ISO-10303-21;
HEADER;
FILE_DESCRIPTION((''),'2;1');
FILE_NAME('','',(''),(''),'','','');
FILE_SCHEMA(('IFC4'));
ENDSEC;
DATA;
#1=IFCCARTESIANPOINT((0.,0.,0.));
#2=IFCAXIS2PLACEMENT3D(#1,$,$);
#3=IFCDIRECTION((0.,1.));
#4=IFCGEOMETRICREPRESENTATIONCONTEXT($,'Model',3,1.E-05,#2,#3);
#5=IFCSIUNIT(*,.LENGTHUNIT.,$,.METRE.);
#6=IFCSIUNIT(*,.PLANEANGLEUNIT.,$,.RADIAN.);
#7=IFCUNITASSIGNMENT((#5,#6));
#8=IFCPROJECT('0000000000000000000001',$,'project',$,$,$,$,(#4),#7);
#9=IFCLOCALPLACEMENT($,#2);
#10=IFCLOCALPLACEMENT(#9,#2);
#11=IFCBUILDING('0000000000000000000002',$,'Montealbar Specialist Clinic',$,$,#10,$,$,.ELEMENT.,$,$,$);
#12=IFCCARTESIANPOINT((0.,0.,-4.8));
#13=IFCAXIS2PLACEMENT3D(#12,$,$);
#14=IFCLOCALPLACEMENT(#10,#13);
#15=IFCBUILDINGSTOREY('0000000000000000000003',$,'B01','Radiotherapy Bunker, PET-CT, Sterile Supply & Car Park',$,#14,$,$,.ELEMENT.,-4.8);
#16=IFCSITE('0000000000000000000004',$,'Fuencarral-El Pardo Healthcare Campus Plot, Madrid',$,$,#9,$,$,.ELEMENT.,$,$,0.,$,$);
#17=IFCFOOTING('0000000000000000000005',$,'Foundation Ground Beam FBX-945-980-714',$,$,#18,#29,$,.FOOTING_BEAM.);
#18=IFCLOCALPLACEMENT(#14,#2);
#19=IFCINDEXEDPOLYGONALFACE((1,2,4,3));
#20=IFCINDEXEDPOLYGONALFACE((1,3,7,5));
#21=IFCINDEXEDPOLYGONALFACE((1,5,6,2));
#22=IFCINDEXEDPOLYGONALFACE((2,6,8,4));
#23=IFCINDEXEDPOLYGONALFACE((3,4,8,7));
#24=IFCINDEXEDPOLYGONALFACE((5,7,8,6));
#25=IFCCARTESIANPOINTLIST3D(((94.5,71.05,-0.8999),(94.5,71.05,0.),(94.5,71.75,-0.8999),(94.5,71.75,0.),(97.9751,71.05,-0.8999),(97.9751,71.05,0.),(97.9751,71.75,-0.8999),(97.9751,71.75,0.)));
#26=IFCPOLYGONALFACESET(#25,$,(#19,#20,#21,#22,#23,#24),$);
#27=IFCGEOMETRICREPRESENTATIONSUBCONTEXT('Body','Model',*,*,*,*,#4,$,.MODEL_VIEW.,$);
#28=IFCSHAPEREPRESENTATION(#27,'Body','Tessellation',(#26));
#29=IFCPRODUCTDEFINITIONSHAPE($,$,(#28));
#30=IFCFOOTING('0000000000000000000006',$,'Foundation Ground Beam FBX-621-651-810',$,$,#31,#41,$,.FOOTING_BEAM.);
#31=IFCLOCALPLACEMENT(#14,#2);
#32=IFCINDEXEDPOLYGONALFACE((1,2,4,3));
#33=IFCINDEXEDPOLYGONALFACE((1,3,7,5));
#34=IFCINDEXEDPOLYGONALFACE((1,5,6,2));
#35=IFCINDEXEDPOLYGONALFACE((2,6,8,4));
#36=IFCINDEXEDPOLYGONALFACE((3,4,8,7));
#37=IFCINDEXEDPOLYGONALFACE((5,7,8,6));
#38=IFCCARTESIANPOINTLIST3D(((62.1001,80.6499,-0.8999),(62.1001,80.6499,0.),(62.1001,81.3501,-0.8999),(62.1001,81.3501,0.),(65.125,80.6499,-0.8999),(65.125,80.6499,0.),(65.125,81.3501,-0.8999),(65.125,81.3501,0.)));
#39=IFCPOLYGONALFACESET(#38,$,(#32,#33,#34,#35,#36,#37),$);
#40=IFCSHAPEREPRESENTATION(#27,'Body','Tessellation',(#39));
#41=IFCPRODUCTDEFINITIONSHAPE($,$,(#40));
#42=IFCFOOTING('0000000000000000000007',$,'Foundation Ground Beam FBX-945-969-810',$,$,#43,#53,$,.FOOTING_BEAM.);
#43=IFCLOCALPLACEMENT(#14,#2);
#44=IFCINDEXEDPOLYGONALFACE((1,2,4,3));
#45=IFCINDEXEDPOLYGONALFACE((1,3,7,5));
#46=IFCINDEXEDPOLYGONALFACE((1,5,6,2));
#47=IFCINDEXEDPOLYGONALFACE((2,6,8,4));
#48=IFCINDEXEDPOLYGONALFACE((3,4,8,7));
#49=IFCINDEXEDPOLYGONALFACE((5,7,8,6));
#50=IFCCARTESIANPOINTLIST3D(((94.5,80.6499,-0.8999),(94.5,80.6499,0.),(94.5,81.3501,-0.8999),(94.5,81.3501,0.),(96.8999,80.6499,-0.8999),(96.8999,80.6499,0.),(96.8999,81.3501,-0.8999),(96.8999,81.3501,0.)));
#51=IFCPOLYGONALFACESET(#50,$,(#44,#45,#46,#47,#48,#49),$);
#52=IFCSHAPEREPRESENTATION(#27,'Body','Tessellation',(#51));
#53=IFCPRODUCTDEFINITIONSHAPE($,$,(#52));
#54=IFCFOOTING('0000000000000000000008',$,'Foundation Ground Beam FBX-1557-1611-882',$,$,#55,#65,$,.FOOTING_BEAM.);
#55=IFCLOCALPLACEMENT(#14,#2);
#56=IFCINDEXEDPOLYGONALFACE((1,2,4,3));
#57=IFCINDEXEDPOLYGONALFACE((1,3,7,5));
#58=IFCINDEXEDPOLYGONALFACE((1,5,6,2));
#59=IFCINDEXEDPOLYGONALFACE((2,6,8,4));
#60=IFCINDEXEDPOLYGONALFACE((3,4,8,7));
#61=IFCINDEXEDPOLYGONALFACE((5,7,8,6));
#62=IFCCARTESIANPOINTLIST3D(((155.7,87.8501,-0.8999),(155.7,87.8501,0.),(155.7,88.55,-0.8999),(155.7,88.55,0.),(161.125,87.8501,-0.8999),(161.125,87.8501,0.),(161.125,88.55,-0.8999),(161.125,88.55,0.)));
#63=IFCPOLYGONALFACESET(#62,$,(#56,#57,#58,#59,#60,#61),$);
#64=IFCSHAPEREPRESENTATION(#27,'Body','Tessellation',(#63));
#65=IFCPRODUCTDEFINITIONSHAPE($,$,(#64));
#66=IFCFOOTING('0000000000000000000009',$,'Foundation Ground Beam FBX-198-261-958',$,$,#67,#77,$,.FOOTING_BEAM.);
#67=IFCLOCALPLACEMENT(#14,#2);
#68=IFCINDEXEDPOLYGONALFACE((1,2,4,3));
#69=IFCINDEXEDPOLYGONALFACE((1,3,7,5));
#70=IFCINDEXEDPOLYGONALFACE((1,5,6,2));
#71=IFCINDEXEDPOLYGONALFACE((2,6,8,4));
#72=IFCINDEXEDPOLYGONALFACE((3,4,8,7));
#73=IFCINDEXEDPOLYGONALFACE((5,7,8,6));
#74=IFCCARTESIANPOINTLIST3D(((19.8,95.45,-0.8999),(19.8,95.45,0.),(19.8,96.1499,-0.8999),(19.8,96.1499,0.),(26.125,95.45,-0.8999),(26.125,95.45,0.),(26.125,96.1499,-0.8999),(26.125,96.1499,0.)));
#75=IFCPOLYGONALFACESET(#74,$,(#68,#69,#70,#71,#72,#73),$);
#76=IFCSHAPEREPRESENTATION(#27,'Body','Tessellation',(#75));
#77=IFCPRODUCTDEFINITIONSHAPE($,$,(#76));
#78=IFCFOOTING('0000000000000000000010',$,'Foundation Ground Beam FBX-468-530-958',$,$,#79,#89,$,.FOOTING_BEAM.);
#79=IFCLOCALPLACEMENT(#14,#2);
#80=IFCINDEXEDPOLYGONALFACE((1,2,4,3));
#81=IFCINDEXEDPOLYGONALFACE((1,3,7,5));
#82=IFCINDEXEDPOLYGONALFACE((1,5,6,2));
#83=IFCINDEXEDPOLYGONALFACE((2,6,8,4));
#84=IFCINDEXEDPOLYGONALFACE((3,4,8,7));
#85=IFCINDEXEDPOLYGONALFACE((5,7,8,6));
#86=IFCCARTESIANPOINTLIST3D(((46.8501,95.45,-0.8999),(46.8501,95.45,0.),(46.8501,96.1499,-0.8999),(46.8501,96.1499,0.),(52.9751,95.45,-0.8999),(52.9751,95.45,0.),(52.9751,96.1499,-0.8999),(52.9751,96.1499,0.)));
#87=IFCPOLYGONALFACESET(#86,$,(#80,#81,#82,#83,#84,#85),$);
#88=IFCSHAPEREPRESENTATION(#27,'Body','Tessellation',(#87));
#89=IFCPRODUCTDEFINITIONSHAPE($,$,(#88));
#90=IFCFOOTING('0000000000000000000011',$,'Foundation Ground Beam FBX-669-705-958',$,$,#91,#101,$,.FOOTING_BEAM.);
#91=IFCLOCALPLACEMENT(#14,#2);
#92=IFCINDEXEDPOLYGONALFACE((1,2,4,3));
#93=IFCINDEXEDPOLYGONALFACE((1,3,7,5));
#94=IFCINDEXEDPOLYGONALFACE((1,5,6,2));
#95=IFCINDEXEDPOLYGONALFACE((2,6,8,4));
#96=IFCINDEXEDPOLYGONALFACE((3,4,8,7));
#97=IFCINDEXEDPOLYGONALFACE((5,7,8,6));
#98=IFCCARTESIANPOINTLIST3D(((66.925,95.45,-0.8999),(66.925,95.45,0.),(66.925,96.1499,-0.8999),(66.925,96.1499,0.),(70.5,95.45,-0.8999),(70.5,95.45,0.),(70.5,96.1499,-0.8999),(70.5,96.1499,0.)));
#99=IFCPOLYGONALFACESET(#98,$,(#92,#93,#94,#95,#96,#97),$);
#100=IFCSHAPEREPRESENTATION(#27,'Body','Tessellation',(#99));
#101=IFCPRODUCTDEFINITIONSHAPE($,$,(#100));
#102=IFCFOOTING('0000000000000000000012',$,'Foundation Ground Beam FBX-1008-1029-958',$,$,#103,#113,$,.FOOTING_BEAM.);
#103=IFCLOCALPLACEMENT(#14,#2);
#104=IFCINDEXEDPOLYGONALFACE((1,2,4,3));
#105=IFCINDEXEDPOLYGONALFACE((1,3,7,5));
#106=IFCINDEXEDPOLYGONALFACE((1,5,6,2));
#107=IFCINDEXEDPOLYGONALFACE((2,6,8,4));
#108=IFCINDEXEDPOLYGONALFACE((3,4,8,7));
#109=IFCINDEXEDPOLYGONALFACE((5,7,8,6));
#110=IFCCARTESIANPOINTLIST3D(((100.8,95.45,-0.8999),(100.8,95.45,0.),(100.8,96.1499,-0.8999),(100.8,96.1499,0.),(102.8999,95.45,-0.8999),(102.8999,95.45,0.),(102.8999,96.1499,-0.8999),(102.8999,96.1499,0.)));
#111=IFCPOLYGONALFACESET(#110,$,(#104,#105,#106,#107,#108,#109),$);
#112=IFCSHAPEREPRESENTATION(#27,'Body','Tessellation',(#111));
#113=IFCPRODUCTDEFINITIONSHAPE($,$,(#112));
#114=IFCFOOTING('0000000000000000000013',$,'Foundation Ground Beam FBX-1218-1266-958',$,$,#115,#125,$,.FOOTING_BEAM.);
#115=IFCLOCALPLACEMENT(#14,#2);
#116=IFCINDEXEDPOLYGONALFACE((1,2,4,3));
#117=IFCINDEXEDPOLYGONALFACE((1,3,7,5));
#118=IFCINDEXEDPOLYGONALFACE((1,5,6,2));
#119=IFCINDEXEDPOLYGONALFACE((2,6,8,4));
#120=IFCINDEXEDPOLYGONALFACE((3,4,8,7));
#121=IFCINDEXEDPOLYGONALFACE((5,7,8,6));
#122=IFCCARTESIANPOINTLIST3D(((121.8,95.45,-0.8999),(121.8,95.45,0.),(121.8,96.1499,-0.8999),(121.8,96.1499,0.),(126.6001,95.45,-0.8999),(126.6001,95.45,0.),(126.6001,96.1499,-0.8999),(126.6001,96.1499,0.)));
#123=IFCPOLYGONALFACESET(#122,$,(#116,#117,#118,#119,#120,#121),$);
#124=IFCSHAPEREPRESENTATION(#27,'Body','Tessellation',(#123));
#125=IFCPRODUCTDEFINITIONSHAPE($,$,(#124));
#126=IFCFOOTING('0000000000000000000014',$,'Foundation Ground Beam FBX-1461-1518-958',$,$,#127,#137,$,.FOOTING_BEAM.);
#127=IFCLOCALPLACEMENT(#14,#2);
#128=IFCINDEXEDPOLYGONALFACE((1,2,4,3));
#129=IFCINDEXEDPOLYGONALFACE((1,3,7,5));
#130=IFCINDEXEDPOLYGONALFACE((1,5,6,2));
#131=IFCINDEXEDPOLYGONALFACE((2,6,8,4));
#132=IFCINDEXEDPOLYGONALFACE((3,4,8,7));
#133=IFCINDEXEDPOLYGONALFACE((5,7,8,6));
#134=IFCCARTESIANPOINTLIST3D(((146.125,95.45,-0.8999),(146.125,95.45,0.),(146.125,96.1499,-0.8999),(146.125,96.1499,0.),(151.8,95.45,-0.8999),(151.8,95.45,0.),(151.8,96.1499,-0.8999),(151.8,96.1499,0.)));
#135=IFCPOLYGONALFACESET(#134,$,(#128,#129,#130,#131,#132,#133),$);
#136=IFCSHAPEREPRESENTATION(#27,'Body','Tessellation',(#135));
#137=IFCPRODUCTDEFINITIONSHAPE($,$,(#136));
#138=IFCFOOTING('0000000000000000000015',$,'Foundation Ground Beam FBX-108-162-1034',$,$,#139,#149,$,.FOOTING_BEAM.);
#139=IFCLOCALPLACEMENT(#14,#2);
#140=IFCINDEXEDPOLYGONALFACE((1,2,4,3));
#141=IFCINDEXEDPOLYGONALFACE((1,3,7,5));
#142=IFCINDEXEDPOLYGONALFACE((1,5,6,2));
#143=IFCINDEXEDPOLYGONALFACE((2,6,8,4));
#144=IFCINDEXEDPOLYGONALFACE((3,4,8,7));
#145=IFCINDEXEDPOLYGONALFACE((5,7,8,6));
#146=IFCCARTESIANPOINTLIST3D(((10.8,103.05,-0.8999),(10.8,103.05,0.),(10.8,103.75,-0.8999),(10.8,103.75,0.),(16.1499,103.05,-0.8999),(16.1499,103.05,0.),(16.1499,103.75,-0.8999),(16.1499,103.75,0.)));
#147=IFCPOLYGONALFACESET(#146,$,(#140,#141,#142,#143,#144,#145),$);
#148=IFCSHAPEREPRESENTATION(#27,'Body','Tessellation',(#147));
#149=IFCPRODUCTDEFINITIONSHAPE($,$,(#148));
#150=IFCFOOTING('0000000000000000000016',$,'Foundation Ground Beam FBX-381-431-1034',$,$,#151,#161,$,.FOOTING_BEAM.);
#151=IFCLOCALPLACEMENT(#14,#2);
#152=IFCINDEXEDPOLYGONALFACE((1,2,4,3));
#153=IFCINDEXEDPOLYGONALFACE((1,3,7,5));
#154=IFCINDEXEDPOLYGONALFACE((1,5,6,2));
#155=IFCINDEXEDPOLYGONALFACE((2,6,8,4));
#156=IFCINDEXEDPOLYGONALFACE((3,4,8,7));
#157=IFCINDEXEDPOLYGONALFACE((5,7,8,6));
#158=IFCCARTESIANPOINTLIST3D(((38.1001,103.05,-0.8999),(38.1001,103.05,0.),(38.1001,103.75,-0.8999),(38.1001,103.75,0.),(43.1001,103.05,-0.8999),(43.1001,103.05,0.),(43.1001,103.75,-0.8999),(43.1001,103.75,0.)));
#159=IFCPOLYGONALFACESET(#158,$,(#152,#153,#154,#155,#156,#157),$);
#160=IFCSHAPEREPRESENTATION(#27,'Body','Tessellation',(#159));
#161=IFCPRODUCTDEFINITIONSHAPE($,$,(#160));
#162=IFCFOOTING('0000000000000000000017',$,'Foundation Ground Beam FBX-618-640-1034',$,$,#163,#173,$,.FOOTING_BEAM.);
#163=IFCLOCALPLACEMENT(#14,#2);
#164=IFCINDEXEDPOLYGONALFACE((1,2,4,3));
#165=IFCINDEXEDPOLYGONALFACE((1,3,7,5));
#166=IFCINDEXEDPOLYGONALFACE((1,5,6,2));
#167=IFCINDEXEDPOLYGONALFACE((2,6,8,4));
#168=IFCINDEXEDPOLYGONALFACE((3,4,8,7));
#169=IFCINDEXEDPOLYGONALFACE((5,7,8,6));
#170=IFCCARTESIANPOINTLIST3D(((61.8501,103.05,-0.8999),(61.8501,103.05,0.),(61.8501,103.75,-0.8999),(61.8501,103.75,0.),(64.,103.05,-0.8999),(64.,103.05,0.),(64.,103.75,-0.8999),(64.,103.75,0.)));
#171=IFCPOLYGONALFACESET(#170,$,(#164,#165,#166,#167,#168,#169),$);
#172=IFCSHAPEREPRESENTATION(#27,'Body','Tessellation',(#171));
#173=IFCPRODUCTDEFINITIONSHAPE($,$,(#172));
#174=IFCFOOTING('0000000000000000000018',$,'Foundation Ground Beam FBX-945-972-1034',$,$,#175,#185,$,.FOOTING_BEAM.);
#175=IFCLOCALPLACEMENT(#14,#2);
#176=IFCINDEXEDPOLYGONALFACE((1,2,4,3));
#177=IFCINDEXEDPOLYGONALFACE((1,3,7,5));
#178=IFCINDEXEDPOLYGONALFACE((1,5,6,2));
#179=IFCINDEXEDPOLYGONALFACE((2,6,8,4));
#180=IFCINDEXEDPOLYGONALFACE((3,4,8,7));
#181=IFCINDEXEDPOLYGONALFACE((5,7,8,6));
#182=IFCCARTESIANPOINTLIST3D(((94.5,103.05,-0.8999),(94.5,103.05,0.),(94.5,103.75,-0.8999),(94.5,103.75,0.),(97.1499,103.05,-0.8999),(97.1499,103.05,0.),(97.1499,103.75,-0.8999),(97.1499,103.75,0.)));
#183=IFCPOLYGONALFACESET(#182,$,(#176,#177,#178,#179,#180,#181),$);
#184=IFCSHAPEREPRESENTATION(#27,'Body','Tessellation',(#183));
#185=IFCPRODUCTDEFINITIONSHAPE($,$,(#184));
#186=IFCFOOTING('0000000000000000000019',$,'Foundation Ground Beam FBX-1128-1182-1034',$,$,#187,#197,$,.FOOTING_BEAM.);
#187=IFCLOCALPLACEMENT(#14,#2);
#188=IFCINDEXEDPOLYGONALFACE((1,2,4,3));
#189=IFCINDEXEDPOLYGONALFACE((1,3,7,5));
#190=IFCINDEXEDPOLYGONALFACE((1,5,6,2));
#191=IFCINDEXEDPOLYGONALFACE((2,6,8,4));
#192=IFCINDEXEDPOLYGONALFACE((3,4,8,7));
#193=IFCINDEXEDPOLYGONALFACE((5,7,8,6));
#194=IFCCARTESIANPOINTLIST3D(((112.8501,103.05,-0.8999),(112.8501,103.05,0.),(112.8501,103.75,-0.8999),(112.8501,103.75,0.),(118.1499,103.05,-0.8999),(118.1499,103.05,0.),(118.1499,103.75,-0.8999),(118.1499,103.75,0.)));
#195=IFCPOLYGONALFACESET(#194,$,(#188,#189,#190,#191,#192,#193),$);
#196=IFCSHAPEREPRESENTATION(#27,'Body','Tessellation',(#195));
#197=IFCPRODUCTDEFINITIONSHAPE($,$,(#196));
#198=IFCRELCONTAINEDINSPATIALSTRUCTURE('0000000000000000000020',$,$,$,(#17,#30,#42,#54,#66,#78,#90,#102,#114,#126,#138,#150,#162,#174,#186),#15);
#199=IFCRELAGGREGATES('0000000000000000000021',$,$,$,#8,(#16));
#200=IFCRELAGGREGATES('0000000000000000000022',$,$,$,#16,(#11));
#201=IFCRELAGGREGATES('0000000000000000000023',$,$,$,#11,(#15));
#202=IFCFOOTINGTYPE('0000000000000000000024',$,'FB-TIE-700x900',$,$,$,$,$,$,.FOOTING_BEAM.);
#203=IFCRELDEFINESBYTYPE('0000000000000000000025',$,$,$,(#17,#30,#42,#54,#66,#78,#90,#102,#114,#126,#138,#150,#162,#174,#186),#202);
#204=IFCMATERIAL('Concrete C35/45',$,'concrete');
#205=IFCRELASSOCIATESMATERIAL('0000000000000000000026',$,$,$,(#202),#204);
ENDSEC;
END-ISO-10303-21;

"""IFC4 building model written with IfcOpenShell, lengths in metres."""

from ifc_helpers import new_model, si_unit, direction, frame, origin, place, context, subcontext, project, spatial, polyline, outline, extrude, material, type_object, element, save


model = new_model("IFC4")

# Units and contexts
model_context = context("Model", 3, precision=1e-05, world=origin(), true_north=direction((0.0, 1.0)))
body_context = subcontext(model_context, "Body", "Model", "MODEL_VIEW")
ifc_project = project(units=[si_unit("LENGTHUNIT", "METRE"), si_unit("PLANEANGLEUNIT", "RADIAN")], contexts=[model_context])

# Site, building, storey
site_placement = place(None, origin())
site = spatial("IfcSite", under=ifc_project, at=site_placement, Name="Fuencarral-El Pardo Healthcare Campus Plot, Madrid", CompositionType="ELEMENT", RefElevation=0.0)
building_placement = place(site_placement, origin())
building = spatial("IfcBuilding", under=site, at=building_placement, Name="Montealbar Specialist Clinic", CompositionType="ELEMENT")
storey_placement = place(building_placement, frame((0.0, 0.0, -4.8)))
storey = spatial("IfcBuildingStorey", under=building, at=storey_placement, Name="B01", Description="Radiotherapy Bunker, PET-CT, Sterile Supply & Car Park", CompositionType="ELEMENT", Elevation=-4.8)

# Footings
ifc_material = material(Name="Concrete C35/45", Category="concrete")
footing_type = type_object("IfcFootingType", Name="FB-TIE-700x900", PredefinedType="FOOTING_BEAM", material=ifc_material)
footing_1_placement = place(storey_placement, frame((0.0, 0.0, -0.8999)))
element("IfcFooting", 1, at=footing_1_placement, inside=storey, type_object=footing_type, Name="Foundation Ground Beam FBX-945-980-714", PredefinedType="FOOTING_BEAM", context=body_context, shape_type="SweptSolid", body=[
    extrude(outline(polyline([(94.5, 71.05), (97.9751, 71.05), (97.9751, 71.75), (94.5, 71.75), (94.5, 71.05)])), origin(), (0.0, 0.0, 1.0), 0.8999),
])
footing_2_placement = place(storey_placement, frame((0.0, 0.0, -0.8999)))
element("IfcFooting", 2, at=footing_2_placement, inside=storey, type_object=footing_type, Name="Foundation Ground Beam FBX-621-651-810", PredefinedType="FOOTING_BEAM", context=body_context, shape_type="SweptSolid", body=[
    extrude(outline(polyline([(62.1001, 80.6499), (65.125, 80.6499), (65.125, 81.3501), (62.1001, 81.3501), (62.1001, 80.6499)])), origin(), (0.0, 0.0, 1.0), 0.8999),
])
footing_3_placement = place(storey_placement, frame((0.0, 0.0, -0.8999)))
element("IfcFooting", 3, at=footing_3_placement, inside=storey, type_object=footing_type, Name="Foundation Ground Beam FBX-945-969-810", PredefinedType="FOOTING_BEAM", context=body_context, shape_type="SweptSolid", body=[
    extrude(outline(polyline([(94.5, 80.6499), (96.8999, 80.6499), (96.8999, 81.3501), (94.5, 81.3501), (94.5, 80.6499)])), origin(), (0.0, 0.0, 1.0), 0.8999),
])
footing_4_placement = place(storey_placement, frame((0.0, 0.0, -0.8999)))
element("IfcFooting", 4, at=footing_4_placement, inside=storey, type_object=footing_type, Name="Foundation Ground Beam FBX-1557-1611-882", PredefinedType="FOOTING_BEAM", context=body_context, shape_type="SweptSolid", body=[
    extrude(outline(polyline([(155.7, 87.8501), (161.125, 87.8501), (161.125, 88.55), (155.7, 88.55), (155.7, 87.8501)])), origin(), (0.0, 0.0, 1.0), 0.8999),
])
footing_5_placement = place(storey_placement, frame((0.0, 0.0, -0.8999)))
element("IfcFooting", 5, at=footing_5_placement, inside=storey, type_object=footing_type, Name="Foundation Ground Beam FBX-198-261-958", PredefinedType="FOOTING_BEAM", context=body_context, shape_type="SweptSolid", body=[
    extrude(outline(polyline([(19.8, 95.45), (26.125, 95.45), (26.125, 96.1499), (19.8, 96.1499), (19.8, 95.45)])), origin(), (0.0, 0.0, 1.0), 0.8999),
])
footing_6_placement = place(storey_placement, frame((0.0, 0.0, -0.8999)))
element("IfcFooting", 6, at=footing_6_placement, inside=storey, type_object=footing_type, Name="Foundation Ground Beam FBX-468-530-958", PredefinedType="FOOTING_BEAM", context=body_context, shape_type="SweptSolid", body=[
    extrude(outline(polyline([(46.8501, 95.45), (52.9751, 95.45), (52.9751, 96.1499), (46.8501, 96.1499), (46.8501, 95.45)])), origin(), (0.0, 0.0, 1.0), 0.8999),
])
footing_7_placement = place(storey_placement, frame((0.0, 0.0, -0.8999)))
element("IfcFooting", 7, at=footing_7_placement, inside=storey, type_object=footing_type, Name="Foundation Ground Beam FBX-669-705-958", PredefinedType="FOOTING_BEAM", context=body_context, shape_type="SweptSolid", body=[
    extrude(outline(polyline([(66.925, 95.45), (70.5, 95.45), (70.5, 96.1499), (66.925, 96.1499), (66.925, 95.45)])), origin(), (0.0, 0.0, 1.0), 0.8999),
])
footing_8_placement = place(storey_placement, frame((0.0, 0.0, -0.8999)))
element("IfcFooting", 8, at=footing_8_placement, inside=storey, type_object=footing_type, Name="Foundation Ground Beam FBX-1008-1029-958", PredefinedType="FOOTING_BEAM", context=body_context, shape_type="SweptSolid", body=[
    extrude(outline(polyline([(100.8, 95.45), (102.8999, 95.45), (102.8999, 96.1499), (100.8, 96.1499), (100.8, 95.45)])), origin(), (0.0, 0.0, 1.0), 0.8999),
])
footing_9_placement = place(storey_placement, frame((0.0, 0.0, -0.8999)))
element("IfcFooting", 9, at=footing_9_placement, inside=storey, type_object=footing_type, Name="Foundation Ground Beam FBX-1218-1266-958", PredefinedType="FOOTING_BEAM", context=body_context, shape_type="SweptSolid", body=[
    extrude(outline(polyline([(121.8, 95.45), (126.6001, 95.45), (126.6001, 96.1499), (121.8, 96.1499), (121.8, 95.45)])), origin(), (0.0, 0.0, 1.0), 0.8999),
])
footing_10_placement = place(storey_placement, frame((0.0, 0.0, -0.8999)))
element("IfcFooting", 10, at=footing_10_placement, inside=storey, type_object=footing_type, Name="Foundation Ground Beam FBX-1461-1518-958", PredefinedType="FOOTING_BEAM", context=body_context, shape_type="SweptSolid", body=[
    extrude(outline(polyline([(146.125, 95.45), (151.8, 95.45), (151.8, 96.1499), (146.125, 96.1499), (146.125, 95.45)])), origin(), (0.0, 0.0, 1.0), 0.8999),
])
footing_11_placement = place(storey_placement, frame((0.0, 0.0, -0.8999)))
element("IfcFooting", 11, at=footing_11_placement, inside=storey, type_object=footing_type, Name="Foundation Ground Beam FBX-108-162-1034", PredefinedType="FOOTING_BEAM", context=body_context, shape_type="SweptSolid", body=[
    extrude(outline(polyline([(10.8, 103.05), (16.1499, 103.05), (16.1499, 103.75), (10.8, 103.75), (10.8, 103.05)])), origin(), (0.0, 0.0, 1.0), 0.8999),
])
footing_12_placement = place(storey_placement, frame((0.0, 0.0, -0.8999)))
element("IfcFooting", 12, at=footing_12_placement, inside=storey, type_object=footing_type, Name="Foundation Ground Beam FBX-381-431-1034", PredefinedType="FOOTING_BEAM", context=body_context, shape_type="SweptSolid", body=[
    extrude(outline(polyline([(38.1001, 103.05), (43.1001, 103.05), (43.1001, 103.75), (38.1001, 103.75), (38.1001, 103.05)])), origin(), (0.0, 0.0, 1.0), 0.8999),
])
footing_13_placement = place(storey_placement, frame((0.0, 0.0, -0.8999)))
element("IfcFooting", 13, at=footing_13_placement, inside=storey, type_object=footing_type, Name="Foundation Ground Beam FBX-618-640-1034", PredefinedType="FOOTING_BEAM", context=body_context, shape_type="SweptSolid", body=[
    extrude(outline(polyline([(61.8501, 103.05), (64.0, 103.05), (64.0, 103.75), (61.8501, 103.75), (61.8501, 103.05)])), origin(), (0.0, 0.0, 1.0), 0.8999),
])
footing_14_placement = place(storey_placement, frame((0.0, 0.0, -0.8999)))
element("IfcFooting", 14, at=footing_14_placement, inside=storey, type_object=footing_type, Name="Foundation Ground Beam FBX-945-972-1034", PredefinedType="FOOTING_BEAM", context=body_context, shape_type="SweptSolid", body=[
    extrude(outline(polyline([(94.5, 103.05), (97.1499, 103.05), (97.1499, 103.75), (94.5, 103.75), (94.5, 103.05)])), origin(), (0.0, 0.0, 1.0), 0.8999),
])
footing_15_placement = place(storey_placement, frame((0.0, 0.0, -0.8999)))
element("IfcFooting", 15, at=footing_15_placement, inside=storey, type_object=footing_type, Name="Foundation Ground Beam FBX-1128-1182-1034", PredefinedType="FOOTING_BEAM", context=body_context, shape_type="SweptSolid", body=[
    extrude(outline(polyline([(112.8501, 103.05), (118.1499, 103.05), (118.1499, 103.75), (112.8501, 103.75), (112.8501, 103.05)])), origin(), (0.0, 0.0, 1.0), 0.8999),
])

save(model, "model.ifc")
